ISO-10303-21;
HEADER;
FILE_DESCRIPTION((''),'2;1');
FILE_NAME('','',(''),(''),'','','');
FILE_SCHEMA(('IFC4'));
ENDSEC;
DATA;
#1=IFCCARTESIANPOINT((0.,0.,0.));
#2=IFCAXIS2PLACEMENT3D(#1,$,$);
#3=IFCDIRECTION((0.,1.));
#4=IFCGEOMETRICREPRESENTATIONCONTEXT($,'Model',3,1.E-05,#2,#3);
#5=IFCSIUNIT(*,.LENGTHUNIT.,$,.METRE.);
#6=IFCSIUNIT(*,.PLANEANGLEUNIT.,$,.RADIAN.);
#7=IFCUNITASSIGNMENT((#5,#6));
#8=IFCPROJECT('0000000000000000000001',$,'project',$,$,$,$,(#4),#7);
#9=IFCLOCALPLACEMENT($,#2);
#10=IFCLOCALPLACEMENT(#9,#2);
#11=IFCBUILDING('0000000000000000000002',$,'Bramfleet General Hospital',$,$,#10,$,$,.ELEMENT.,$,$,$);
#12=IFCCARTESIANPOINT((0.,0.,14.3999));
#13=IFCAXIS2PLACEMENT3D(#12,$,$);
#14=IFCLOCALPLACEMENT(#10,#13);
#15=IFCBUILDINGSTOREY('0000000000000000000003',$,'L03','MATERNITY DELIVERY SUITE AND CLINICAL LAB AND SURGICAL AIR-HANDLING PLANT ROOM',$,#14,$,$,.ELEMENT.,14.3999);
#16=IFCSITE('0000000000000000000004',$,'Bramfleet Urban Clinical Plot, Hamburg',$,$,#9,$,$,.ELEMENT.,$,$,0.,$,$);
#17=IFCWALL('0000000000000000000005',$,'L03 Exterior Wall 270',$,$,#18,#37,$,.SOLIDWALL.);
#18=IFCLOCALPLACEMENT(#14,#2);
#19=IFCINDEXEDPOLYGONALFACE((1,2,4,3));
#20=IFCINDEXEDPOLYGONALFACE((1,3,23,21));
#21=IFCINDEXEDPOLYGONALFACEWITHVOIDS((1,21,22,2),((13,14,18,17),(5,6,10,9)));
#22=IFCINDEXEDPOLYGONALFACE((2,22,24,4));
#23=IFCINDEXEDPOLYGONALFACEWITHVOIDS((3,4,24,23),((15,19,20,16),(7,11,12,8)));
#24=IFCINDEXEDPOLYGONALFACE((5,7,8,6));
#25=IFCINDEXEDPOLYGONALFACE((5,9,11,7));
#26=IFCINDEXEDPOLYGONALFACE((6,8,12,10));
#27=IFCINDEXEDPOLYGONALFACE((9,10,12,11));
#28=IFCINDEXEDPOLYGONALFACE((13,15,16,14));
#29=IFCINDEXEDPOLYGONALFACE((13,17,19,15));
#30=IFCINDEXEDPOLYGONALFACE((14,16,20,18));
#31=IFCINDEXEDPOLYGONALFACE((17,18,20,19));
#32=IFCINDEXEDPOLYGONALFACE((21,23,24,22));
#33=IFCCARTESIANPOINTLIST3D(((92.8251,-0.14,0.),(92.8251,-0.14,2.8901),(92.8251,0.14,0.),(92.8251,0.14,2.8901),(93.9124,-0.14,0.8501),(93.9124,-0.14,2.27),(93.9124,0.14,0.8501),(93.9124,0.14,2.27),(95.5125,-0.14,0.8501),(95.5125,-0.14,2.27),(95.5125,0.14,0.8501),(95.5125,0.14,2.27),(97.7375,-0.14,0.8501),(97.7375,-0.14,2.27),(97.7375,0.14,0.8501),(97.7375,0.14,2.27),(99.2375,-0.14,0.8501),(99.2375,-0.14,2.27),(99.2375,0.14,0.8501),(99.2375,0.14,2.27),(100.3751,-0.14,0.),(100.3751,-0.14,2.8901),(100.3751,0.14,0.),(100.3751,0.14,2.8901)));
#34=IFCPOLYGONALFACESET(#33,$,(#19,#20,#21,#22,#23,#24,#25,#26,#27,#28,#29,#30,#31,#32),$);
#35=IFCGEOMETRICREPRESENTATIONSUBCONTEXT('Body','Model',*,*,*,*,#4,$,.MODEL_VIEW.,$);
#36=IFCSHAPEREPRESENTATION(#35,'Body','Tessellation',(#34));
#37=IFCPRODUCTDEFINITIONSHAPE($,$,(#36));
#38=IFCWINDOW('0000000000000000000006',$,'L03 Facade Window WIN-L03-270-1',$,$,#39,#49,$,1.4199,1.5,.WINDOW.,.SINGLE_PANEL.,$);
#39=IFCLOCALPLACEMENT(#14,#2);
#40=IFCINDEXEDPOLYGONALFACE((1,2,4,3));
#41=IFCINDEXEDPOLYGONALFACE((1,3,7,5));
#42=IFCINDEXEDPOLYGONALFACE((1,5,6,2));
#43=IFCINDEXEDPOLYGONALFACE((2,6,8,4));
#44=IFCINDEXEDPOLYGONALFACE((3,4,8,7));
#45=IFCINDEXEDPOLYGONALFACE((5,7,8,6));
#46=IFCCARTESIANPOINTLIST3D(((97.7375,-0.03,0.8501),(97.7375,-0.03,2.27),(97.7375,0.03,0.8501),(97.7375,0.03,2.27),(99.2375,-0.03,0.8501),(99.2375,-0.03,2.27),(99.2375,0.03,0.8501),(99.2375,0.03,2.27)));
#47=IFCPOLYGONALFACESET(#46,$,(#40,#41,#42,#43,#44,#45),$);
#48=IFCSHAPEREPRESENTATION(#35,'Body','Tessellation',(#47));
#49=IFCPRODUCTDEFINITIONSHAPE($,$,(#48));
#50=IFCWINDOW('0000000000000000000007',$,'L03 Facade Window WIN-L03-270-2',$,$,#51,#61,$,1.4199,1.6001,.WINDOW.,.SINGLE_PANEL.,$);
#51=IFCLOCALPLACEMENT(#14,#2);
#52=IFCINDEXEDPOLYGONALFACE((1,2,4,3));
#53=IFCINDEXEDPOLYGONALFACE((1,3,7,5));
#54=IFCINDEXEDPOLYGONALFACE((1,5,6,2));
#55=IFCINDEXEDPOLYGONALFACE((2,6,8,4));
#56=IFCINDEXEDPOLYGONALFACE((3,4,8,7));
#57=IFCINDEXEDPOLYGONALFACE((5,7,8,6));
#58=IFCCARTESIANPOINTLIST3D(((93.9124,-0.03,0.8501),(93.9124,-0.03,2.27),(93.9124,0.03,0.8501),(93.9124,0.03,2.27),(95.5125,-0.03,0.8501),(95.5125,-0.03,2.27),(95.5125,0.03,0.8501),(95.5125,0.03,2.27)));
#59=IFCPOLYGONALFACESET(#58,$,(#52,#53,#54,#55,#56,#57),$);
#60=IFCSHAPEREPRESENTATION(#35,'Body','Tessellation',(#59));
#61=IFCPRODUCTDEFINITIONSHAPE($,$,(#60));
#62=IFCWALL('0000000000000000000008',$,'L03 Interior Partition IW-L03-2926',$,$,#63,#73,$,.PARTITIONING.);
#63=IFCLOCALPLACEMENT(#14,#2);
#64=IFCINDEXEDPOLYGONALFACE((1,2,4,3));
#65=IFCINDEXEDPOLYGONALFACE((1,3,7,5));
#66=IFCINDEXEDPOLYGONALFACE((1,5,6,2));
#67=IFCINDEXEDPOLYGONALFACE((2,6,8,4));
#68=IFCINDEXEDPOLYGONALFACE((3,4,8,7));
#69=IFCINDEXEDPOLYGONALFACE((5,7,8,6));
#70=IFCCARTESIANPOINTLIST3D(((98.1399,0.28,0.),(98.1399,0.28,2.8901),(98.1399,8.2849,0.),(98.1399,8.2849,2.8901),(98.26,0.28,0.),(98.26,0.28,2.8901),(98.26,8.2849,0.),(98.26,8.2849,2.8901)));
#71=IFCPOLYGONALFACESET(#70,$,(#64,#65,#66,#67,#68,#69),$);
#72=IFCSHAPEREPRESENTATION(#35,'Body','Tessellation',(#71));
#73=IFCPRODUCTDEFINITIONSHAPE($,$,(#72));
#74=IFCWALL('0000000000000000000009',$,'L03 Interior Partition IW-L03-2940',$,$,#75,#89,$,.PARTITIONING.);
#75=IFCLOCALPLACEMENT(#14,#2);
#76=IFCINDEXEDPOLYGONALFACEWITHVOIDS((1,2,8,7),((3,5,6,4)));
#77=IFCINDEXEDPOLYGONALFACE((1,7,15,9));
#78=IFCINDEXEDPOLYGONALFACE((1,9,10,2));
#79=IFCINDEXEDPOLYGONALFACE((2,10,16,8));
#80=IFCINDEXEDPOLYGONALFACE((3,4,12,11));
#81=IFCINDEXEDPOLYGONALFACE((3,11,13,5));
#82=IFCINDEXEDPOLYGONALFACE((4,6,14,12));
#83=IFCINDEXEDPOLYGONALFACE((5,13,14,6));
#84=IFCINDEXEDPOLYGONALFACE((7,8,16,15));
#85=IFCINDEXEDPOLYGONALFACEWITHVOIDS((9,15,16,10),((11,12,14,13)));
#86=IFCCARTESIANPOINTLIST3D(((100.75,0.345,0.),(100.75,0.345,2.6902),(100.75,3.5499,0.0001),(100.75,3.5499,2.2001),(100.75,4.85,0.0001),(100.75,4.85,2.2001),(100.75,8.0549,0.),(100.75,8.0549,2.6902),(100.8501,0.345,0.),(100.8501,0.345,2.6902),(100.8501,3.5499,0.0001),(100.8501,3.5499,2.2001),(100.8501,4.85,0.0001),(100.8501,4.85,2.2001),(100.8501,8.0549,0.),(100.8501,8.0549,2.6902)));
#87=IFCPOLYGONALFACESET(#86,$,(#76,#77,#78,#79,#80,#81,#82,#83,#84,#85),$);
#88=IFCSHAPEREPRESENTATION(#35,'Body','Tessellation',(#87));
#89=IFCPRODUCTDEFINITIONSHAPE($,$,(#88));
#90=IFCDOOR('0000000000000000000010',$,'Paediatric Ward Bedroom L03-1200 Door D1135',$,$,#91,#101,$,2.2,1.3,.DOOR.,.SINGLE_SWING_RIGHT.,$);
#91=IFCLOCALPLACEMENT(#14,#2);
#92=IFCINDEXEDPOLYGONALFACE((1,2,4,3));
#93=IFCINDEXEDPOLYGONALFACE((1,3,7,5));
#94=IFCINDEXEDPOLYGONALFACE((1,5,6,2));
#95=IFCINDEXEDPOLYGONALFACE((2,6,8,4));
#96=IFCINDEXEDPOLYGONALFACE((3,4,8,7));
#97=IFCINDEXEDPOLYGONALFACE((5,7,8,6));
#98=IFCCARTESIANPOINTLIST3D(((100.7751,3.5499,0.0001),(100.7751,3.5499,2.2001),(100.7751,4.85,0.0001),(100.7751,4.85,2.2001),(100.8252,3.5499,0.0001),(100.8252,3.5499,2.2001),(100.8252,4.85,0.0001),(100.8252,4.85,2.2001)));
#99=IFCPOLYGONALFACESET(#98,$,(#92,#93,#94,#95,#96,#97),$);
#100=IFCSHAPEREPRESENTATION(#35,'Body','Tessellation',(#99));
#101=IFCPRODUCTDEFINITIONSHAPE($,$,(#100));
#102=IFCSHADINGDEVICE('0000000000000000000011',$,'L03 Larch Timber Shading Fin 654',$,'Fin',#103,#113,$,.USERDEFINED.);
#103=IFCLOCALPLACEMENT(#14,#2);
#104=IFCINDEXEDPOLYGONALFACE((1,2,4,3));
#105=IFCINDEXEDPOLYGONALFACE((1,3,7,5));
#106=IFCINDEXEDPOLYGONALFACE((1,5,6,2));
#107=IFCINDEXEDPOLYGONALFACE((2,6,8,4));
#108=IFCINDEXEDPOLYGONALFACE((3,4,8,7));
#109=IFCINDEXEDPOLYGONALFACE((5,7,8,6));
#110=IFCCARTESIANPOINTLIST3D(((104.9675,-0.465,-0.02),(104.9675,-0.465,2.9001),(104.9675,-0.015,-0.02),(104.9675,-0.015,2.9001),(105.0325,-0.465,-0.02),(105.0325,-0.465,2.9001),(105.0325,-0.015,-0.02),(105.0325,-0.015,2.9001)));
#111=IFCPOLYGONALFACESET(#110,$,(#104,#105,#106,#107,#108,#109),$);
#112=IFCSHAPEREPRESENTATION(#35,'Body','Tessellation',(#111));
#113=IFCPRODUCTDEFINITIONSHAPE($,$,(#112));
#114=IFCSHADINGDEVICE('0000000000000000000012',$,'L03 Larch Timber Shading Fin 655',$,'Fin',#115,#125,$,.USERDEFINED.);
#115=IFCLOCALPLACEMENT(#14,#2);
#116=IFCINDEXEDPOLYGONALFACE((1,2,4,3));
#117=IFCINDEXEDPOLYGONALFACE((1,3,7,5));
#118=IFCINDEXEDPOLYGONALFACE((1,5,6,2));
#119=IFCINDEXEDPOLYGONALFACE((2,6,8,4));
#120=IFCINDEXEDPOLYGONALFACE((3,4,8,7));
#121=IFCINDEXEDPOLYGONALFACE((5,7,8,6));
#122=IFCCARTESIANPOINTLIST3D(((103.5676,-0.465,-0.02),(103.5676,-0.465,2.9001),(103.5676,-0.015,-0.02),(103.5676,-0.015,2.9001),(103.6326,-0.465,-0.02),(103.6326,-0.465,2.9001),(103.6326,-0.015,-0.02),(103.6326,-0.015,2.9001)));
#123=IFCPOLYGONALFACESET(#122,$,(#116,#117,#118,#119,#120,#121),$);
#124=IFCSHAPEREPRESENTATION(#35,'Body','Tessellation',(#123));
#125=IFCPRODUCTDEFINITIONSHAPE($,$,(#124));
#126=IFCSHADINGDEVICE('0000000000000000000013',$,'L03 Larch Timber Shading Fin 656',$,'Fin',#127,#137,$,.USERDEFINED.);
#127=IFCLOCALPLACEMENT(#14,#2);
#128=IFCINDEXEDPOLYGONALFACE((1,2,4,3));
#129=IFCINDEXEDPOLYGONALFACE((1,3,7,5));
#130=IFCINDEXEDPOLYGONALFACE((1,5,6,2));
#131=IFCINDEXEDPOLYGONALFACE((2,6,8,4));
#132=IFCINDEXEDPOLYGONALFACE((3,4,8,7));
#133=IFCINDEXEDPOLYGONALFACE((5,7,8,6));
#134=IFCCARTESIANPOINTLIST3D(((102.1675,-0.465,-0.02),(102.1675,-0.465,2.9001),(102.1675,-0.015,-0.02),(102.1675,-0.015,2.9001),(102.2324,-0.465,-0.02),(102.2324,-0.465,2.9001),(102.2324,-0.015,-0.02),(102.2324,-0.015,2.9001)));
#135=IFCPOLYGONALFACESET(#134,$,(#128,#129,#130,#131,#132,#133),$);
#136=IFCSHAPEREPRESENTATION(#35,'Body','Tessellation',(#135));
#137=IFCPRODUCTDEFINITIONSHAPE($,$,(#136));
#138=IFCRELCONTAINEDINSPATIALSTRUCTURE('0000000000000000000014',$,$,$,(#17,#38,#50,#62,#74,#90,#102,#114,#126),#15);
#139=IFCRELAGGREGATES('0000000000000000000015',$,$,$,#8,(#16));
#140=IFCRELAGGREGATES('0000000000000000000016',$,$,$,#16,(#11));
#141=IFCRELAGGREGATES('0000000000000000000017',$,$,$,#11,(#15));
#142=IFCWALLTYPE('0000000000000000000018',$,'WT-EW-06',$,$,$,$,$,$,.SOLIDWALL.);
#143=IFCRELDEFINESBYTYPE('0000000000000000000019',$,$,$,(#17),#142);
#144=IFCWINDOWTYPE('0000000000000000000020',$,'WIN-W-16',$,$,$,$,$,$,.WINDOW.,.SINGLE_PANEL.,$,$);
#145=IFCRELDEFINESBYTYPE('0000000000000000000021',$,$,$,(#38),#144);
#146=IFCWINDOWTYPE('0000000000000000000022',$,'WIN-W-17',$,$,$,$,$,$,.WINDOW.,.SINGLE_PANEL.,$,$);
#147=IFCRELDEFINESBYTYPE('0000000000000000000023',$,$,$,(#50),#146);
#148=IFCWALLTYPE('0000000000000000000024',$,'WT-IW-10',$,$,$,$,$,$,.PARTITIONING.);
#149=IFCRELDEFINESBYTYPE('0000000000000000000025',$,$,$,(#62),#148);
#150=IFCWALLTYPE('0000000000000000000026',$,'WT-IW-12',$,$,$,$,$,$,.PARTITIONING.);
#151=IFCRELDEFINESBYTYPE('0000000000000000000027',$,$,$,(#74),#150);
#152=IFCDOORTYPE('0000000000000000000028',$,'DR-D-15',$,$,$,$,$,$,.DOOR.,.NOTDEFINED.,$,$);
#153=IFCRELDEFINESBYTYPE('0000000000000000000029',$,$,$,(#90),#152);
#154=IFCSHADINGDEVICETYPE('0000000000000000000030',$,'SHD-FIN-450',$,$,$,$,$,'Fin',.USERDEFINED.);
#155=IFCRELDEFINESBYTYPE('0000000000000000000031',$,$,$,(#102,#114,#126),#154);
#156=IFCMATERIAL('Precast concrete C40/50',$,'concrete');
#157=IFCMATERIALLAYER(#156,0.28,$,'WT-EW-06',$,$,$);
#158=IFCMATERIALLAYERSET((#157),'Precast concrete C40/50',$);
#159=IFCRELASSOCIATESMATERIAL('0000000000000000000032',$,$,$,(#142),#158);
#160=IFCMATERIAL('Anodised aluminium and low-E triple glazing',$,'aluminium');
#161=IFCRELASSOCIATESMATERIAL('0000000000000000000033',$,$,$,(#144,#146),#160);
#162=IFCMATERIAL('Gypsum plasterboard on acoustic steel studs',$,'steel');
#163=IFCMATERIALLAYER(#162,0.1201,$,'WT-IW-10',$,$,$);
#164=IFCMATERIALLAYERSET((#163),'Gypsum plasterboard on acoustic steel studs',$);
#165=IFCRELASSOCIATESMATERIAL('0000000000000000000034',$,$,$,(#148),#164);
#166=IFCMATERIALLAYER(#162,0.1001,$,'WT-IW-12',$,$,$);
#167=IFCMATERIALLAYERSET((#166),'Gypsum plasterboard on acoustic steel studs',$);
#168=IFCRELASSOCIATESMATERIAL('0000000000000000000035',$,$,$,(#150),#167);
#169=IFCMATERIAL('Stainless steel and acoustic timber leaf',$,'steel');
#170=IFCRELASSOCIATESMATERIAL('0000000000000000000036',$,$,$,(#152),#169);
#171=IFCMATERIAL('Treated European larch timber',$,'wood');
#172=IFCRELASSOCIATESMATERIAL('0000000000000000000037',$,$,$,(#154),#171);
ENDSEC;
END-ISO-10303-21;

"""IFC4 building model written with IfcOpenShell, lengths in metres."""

from ifc_helpers import new_model, si_unit, direction, frame, frame_2d, origin, origin_2d, place, context, subcontext, project, spatial, rectangle, extrude, material, layer, layer_set, material_profile, profile_set, type_object, element, fill, save


model = new_model("IFC4")

# Units and contexts
model_context = context("Model", 3, precision=1e-05, world=origin(), true_north=direction((0.0, 1.0)))
body_context = subcontext(model_context, "Body", "Model", "MODEL_VIEW")
ifc_project = project(units=[si_unit("LENGTHUNIT", "METRE"), si_unit("PLANEANGLEUNIT", "RADIAN")], contexts=[model_context])

# Site, building, storey
site_placement = place(None, origin())
site = spatial("IfcSite", under=ifc_project, at=site_placement, Name="Bramfleet Urban Clinical Plot, Hamburg", CompositionType="ELEMENT", RefElevation=0.0)
building_placement = place(site_placement, origin())
building = spatial("IfcBuilding", under=site, at=building_placement, Name="Bramfleet General Hospital", CompositionType="ELEMENT")
storey_placement = place(building_placement, frame((0.0, 0.0, 14.3999)))
storey = spatial("IfcBuildingStorey", under=building, at=storey_placement, Name="L03", Description="MATERNITY DELIVERY SUITE AND CLINICAL LAB AND SURGICAL AIR-HANDLING PLANT ROOM", CompositionType="ELEMENT", Elevation=14.3999)

# Shared definitions
ifc_material_1 = material(Name="Anodised aluminium and low-E triple glazing", Category="aluminium")

# Wall, openings, windows
ifc_material_2 = material(Name="Precast concrete C40/50", Category="concrete")
ifc_layer_1 = layer(ifc_material_2, 0.28, Name="WT-EW-06")
ifc_layer_set_1 = layer_set([ifc_layer_1], Name="Precast concrete C40/50")
wall_type_1 = type_object("IfcWallType", Name="WT-EW-06", PredefinedType="SOLIDWALL", material=ifc_layer_set_1)
wall_1_placement = place(storey_placement, frame((100.375, 0.0, 0.0), z_axis=(0.0, 0.0, 1.0), x_axis=(-1.0, 0.0, 0.0)))
wall_1 = element("IfcWall", 1, at=wall_1_placement, inside=storey, type_object=wall_type_1, Name="L03 Exterior Wall 270", PredefinedType="SOLIDWALL", context=body_context, shape_type="SweptSolid", body=[
    extrude(rectangle(XDim=7.55, YDim=0.28, at=frame_2d((3.7749, 0.0))), origin(), (0.0, 0.0, 1.0), 2.8901),
])
opening_1_placement = place(wall_1_placement, frame((1.1375, 0.0, 0.8501)))
opening_1 = element("IfcOpeningElement", 2, at=opening_1_placement, cuts=wall_1, PredefinedType="OPENING", context=body_context, shape_type="SweptSolid", body=[
    extrude(rectangle(XDim=1.5, YDim=1.4199, at=frame_2d((0.75, 0.71))), frame((0.0, 0.1499, 0.0), z_axis=(0.0, -1.0, 0.0), x_axis=(1.0, 0.0, 0.0)), (0.0, 0.0, 1.0), 0.3),
])
opening_2_placement = place(wall_1_placement, frame((4.8625, 0.0, 0.8501)))
opening_2 = element("IfcOpeningElement", 3, at=opening_2_placement, cuts=wall_1, PredefinedType="OPENING", context=body_context, shape_type="SweptSolid", body=[
    extrude(rectangle(XDim=1.6001, YDim=1.4199, at=frame_2d((0.8, 0.71))), frame((0.0, 0.1499, 0.0), z_axis=(0.0, -1.0, 0.0), x_axis=(1.0, 0.0, 0.0)), (0.0, 0.0, 1.0), 0.3),
])
window_type_1 = type_object("IfcWindowType", Name="WIN-W-16", PartitioningType="SINGLE_PANEL", PredefinedType="WINDOW", material=ifc_material_1)
window_1_placement = place(opening_1_placement, origin())
window_1 = element("IfcWindow", 4, at=window_1_placement, inside=storey, type_object=window_type_1, Name="L03 Facade Window WIN-L03-270-1", OverallHeight=1.4199, OverallWidth=1.5, PartitioningType="SINGLE_PANEL", PredefinedType="WINDOW", context=body_context, shape_type="SweptSolid", body=[
    extrude(rectangle(XDim=1.5, YDim=1.4199, at=frame_2d((0.75, 0.71))), frame((0.0, 0.03, 0.0), z_axis=(0.0, -1.0, 0.0), x_axis=(1.0, 0.0, 0.0)), (0.0, 0.0, 1.0), 0.0601),
])
fill(opening_1, window_1)
window_type_2 = type_object("IfcWindowType", Name="WIN-W-17", PartitioningType="SINGLE_PANEL", PredefinedType="WINDOW", material=ifc_material_1)
window_2_placement = place(opening_2_placement, origin())
window_2 = element("IfcWindow", 5, at=window_2_placement, inside=storey, type_object=window_type_2, Name="L03 Facade Window WIN-L03-270-2", OverallHeight=1.4199, OverallWidth=1.6001, PartitioningType="SINGLE_PANEL", PredefinedType="WINDOW", context=body_context, shape_type="SweptSolid", body=[
    extrude(rectangle(XDim=1.6001, YDim=1.4199, at=frame_2d((0.8, 0.71))), frame((0.0, 0.03, 0.0), z_axis=(0.0, -1.0, 0.0), x_axis=(1.0, 0.0, 0.0)), (0.0, 0.0, 1.0), 0.0601),
])
fill(opening_2, window_2)

# Wall
ifc_material_3 = material(Name="Gypsum plasterboard on acoustic steel studs", Category="steel")
ifc_layer_2 = layer(ifc_material_3, 0.1201, Name="WT-IW-10")
ifc_layer_set_2 = layer_set([ifc_layer_2], Name="Gypsum plasterboard on acoustic steel studs")
wall_type_2 = type_object("IfcWallType", Name="WT-IW-10", PredefinedType="PARTITIONING", material=ifc_layer_set_2)
wall_2_placement = place(storey_placement, frame((98.2, 0.28, 0.0), z_axis=(0.0, 0.0, 1.0), x_axis=(0.0, 1.0, 0.0)))
element("IfcWall", 6, at=wall_2_placement, inside=storey, type_object=wall_type_2, Name="L03 Interior Partition IW-L03-2926", PredefinedType="PARTITIONING", context=body_context, shape_type="SweptSolid", body=[
    extrude(rectangle(XDim=8.0049, YDim=0.1201, at=frame_2d((4.0024, 0.0))), origin(), (0.0, 0.0, 1.0), 2.8901),
])

# Wall, opening, door
ifc_layer_3 = layer(ifc_material_3, 0.1001, Name="WT-IW-12")
ifc_layer_set_3 = layer_set([ifc_layer_3], Name="Gypsum plasterboard on acoustic steel studs")
wall_type_3 = type_object("IfcWallType", Name="WT-IW-12", PredefinedType="PARTITIONING", material=ifc_layer_set_3)
wall_3_placement = place(storey_placement, frame((100.8, 0.345, 0.0), z_axis=(0.0, 0.0, 1.0), x_axis=(0.0, 1.0, 0.0)))
wall_3 = element("IfcWall", 7, at=wall_3_placement, inside=storey, type_object=wall_type_3, Name="L03 Interior Partition IW-L03-2940", PredefinedType="PARTITIONING", context=body_context, shape_type="SweptSolid", body=[
    extrude(rectangle(XDim=7.71, YDim=0.1001, at=frame_2d((3.855, 0.0))), origin(), (0.0, 0.0, 1.0), 2.6902),
])
opening_3_placement = place(wall_3_placement, frame((3.2051, 0.0, 0.0)))
opening_3 = element("IfcOpeningElement", 8, at=opening_3_placement, cuts=wall_3, PredefinedType="OPENING", context=body_context, shape_type="SweptSolid", body=[
    extrude(rectangle(XDim=1.3, YDim=2.2, at=frame_2d((0.6499, 1.1001))), frame((0.0, 0.0601, 0.0), z_axis=(0.0, -1.0, 0.0), x_axis=(1.0, 0.0, 0.0)), (0.0, 0.0, 1.0), 0.1201),
])
ifc_material_4 = material(Name="Stainless steel and acoustic timber leaf", Category="steel")
door_type = type_object("IfcDoorType", Name="DR-D-15", OperationType="NOTDEFINED", PredefinedType="DOOR", material=ifc_material_4)
door_placement = place(opening_3_placement, origin())
door = element("IfcDoor", 9, at=door_placement, inside=storey, type_object=door_type, Name="Paediatric Ward Bedroom L03-1200 Door D1135", OperationType="SINGLE_SWING_RIGHT", OverallHeight=2.2, OverallWidth=1.3, PredefinedType="DOOR", context=body_context, shape_type="SweptSolid", body=[
    extrude(rectangle(XDim=1.3, YDim=2.2, at=frame_2d((0.6499, 1.1001))), frame((0.0, 0.0249, 0.0), z_axis=(0.0, -1.0, 0.0), x_axis=(1.0, 0.0, 0.0)), (0.0, 0.0, 1.0), 0.05),
])
fill(opening_3, door)

# Shading devices
ifc_material_5 = material(Name="Treated European larch timber", Category="wood")
ifc_material_profile_1 = material_profile(ifc_material_5, rectangle(XDim=0.0649, YDim=0.45, at=origin_2d()), Name="LARCH FIN 450x65")
ifc_profile_set_1 = profile_set([ifc_material_profile_1], Name="Treated European larch timber")
shading_device_type = type_object("IfcShadingDeviceType", Name="SHD-FIN-450", ElementType="Fin", PredefinedType="USERDEFINED", material=ifc_profile_set_1)
for number, where, z_axis, x_axis, name in (
    (10, (105.0, -0.24, -0.02), (0.0, 0.0, 1.0), (-1.0, 0.0, 0.0), "L03 Larch Timber Shading Fin 654"),
    (11, (103.6001, -0.24, -0.02), (0.0, 0.0, 1.0), (-1.0, 0.0, 0.0), "L03 Larch Timber Shading Fin 655"),
    (12, (102.2, -0.24, -0.02), (0.0, 0.0, 1.0), (-1.0, 0.0, 0.0), "L03 Larch Timber Shading Fin 656"),
):
    element("IfcShadingDevice", number, at=place(storey_placement, frame(where, z_axis=z_axis, x_axis=x_axis)), inside=storey, type_object=shading_device_type, Name=name, ObjectType="Fin", PredefinedType="USERDEFINED", context=body_context, shape_type="SweptSolid", body=[
        extrude(rectangle(XDim=0.0649, YDim=0.45, at=origin_2d()), origin(), (0.0, 0.0, 1.0), 2.9202),
    ])

save(model, "model.ifc")
